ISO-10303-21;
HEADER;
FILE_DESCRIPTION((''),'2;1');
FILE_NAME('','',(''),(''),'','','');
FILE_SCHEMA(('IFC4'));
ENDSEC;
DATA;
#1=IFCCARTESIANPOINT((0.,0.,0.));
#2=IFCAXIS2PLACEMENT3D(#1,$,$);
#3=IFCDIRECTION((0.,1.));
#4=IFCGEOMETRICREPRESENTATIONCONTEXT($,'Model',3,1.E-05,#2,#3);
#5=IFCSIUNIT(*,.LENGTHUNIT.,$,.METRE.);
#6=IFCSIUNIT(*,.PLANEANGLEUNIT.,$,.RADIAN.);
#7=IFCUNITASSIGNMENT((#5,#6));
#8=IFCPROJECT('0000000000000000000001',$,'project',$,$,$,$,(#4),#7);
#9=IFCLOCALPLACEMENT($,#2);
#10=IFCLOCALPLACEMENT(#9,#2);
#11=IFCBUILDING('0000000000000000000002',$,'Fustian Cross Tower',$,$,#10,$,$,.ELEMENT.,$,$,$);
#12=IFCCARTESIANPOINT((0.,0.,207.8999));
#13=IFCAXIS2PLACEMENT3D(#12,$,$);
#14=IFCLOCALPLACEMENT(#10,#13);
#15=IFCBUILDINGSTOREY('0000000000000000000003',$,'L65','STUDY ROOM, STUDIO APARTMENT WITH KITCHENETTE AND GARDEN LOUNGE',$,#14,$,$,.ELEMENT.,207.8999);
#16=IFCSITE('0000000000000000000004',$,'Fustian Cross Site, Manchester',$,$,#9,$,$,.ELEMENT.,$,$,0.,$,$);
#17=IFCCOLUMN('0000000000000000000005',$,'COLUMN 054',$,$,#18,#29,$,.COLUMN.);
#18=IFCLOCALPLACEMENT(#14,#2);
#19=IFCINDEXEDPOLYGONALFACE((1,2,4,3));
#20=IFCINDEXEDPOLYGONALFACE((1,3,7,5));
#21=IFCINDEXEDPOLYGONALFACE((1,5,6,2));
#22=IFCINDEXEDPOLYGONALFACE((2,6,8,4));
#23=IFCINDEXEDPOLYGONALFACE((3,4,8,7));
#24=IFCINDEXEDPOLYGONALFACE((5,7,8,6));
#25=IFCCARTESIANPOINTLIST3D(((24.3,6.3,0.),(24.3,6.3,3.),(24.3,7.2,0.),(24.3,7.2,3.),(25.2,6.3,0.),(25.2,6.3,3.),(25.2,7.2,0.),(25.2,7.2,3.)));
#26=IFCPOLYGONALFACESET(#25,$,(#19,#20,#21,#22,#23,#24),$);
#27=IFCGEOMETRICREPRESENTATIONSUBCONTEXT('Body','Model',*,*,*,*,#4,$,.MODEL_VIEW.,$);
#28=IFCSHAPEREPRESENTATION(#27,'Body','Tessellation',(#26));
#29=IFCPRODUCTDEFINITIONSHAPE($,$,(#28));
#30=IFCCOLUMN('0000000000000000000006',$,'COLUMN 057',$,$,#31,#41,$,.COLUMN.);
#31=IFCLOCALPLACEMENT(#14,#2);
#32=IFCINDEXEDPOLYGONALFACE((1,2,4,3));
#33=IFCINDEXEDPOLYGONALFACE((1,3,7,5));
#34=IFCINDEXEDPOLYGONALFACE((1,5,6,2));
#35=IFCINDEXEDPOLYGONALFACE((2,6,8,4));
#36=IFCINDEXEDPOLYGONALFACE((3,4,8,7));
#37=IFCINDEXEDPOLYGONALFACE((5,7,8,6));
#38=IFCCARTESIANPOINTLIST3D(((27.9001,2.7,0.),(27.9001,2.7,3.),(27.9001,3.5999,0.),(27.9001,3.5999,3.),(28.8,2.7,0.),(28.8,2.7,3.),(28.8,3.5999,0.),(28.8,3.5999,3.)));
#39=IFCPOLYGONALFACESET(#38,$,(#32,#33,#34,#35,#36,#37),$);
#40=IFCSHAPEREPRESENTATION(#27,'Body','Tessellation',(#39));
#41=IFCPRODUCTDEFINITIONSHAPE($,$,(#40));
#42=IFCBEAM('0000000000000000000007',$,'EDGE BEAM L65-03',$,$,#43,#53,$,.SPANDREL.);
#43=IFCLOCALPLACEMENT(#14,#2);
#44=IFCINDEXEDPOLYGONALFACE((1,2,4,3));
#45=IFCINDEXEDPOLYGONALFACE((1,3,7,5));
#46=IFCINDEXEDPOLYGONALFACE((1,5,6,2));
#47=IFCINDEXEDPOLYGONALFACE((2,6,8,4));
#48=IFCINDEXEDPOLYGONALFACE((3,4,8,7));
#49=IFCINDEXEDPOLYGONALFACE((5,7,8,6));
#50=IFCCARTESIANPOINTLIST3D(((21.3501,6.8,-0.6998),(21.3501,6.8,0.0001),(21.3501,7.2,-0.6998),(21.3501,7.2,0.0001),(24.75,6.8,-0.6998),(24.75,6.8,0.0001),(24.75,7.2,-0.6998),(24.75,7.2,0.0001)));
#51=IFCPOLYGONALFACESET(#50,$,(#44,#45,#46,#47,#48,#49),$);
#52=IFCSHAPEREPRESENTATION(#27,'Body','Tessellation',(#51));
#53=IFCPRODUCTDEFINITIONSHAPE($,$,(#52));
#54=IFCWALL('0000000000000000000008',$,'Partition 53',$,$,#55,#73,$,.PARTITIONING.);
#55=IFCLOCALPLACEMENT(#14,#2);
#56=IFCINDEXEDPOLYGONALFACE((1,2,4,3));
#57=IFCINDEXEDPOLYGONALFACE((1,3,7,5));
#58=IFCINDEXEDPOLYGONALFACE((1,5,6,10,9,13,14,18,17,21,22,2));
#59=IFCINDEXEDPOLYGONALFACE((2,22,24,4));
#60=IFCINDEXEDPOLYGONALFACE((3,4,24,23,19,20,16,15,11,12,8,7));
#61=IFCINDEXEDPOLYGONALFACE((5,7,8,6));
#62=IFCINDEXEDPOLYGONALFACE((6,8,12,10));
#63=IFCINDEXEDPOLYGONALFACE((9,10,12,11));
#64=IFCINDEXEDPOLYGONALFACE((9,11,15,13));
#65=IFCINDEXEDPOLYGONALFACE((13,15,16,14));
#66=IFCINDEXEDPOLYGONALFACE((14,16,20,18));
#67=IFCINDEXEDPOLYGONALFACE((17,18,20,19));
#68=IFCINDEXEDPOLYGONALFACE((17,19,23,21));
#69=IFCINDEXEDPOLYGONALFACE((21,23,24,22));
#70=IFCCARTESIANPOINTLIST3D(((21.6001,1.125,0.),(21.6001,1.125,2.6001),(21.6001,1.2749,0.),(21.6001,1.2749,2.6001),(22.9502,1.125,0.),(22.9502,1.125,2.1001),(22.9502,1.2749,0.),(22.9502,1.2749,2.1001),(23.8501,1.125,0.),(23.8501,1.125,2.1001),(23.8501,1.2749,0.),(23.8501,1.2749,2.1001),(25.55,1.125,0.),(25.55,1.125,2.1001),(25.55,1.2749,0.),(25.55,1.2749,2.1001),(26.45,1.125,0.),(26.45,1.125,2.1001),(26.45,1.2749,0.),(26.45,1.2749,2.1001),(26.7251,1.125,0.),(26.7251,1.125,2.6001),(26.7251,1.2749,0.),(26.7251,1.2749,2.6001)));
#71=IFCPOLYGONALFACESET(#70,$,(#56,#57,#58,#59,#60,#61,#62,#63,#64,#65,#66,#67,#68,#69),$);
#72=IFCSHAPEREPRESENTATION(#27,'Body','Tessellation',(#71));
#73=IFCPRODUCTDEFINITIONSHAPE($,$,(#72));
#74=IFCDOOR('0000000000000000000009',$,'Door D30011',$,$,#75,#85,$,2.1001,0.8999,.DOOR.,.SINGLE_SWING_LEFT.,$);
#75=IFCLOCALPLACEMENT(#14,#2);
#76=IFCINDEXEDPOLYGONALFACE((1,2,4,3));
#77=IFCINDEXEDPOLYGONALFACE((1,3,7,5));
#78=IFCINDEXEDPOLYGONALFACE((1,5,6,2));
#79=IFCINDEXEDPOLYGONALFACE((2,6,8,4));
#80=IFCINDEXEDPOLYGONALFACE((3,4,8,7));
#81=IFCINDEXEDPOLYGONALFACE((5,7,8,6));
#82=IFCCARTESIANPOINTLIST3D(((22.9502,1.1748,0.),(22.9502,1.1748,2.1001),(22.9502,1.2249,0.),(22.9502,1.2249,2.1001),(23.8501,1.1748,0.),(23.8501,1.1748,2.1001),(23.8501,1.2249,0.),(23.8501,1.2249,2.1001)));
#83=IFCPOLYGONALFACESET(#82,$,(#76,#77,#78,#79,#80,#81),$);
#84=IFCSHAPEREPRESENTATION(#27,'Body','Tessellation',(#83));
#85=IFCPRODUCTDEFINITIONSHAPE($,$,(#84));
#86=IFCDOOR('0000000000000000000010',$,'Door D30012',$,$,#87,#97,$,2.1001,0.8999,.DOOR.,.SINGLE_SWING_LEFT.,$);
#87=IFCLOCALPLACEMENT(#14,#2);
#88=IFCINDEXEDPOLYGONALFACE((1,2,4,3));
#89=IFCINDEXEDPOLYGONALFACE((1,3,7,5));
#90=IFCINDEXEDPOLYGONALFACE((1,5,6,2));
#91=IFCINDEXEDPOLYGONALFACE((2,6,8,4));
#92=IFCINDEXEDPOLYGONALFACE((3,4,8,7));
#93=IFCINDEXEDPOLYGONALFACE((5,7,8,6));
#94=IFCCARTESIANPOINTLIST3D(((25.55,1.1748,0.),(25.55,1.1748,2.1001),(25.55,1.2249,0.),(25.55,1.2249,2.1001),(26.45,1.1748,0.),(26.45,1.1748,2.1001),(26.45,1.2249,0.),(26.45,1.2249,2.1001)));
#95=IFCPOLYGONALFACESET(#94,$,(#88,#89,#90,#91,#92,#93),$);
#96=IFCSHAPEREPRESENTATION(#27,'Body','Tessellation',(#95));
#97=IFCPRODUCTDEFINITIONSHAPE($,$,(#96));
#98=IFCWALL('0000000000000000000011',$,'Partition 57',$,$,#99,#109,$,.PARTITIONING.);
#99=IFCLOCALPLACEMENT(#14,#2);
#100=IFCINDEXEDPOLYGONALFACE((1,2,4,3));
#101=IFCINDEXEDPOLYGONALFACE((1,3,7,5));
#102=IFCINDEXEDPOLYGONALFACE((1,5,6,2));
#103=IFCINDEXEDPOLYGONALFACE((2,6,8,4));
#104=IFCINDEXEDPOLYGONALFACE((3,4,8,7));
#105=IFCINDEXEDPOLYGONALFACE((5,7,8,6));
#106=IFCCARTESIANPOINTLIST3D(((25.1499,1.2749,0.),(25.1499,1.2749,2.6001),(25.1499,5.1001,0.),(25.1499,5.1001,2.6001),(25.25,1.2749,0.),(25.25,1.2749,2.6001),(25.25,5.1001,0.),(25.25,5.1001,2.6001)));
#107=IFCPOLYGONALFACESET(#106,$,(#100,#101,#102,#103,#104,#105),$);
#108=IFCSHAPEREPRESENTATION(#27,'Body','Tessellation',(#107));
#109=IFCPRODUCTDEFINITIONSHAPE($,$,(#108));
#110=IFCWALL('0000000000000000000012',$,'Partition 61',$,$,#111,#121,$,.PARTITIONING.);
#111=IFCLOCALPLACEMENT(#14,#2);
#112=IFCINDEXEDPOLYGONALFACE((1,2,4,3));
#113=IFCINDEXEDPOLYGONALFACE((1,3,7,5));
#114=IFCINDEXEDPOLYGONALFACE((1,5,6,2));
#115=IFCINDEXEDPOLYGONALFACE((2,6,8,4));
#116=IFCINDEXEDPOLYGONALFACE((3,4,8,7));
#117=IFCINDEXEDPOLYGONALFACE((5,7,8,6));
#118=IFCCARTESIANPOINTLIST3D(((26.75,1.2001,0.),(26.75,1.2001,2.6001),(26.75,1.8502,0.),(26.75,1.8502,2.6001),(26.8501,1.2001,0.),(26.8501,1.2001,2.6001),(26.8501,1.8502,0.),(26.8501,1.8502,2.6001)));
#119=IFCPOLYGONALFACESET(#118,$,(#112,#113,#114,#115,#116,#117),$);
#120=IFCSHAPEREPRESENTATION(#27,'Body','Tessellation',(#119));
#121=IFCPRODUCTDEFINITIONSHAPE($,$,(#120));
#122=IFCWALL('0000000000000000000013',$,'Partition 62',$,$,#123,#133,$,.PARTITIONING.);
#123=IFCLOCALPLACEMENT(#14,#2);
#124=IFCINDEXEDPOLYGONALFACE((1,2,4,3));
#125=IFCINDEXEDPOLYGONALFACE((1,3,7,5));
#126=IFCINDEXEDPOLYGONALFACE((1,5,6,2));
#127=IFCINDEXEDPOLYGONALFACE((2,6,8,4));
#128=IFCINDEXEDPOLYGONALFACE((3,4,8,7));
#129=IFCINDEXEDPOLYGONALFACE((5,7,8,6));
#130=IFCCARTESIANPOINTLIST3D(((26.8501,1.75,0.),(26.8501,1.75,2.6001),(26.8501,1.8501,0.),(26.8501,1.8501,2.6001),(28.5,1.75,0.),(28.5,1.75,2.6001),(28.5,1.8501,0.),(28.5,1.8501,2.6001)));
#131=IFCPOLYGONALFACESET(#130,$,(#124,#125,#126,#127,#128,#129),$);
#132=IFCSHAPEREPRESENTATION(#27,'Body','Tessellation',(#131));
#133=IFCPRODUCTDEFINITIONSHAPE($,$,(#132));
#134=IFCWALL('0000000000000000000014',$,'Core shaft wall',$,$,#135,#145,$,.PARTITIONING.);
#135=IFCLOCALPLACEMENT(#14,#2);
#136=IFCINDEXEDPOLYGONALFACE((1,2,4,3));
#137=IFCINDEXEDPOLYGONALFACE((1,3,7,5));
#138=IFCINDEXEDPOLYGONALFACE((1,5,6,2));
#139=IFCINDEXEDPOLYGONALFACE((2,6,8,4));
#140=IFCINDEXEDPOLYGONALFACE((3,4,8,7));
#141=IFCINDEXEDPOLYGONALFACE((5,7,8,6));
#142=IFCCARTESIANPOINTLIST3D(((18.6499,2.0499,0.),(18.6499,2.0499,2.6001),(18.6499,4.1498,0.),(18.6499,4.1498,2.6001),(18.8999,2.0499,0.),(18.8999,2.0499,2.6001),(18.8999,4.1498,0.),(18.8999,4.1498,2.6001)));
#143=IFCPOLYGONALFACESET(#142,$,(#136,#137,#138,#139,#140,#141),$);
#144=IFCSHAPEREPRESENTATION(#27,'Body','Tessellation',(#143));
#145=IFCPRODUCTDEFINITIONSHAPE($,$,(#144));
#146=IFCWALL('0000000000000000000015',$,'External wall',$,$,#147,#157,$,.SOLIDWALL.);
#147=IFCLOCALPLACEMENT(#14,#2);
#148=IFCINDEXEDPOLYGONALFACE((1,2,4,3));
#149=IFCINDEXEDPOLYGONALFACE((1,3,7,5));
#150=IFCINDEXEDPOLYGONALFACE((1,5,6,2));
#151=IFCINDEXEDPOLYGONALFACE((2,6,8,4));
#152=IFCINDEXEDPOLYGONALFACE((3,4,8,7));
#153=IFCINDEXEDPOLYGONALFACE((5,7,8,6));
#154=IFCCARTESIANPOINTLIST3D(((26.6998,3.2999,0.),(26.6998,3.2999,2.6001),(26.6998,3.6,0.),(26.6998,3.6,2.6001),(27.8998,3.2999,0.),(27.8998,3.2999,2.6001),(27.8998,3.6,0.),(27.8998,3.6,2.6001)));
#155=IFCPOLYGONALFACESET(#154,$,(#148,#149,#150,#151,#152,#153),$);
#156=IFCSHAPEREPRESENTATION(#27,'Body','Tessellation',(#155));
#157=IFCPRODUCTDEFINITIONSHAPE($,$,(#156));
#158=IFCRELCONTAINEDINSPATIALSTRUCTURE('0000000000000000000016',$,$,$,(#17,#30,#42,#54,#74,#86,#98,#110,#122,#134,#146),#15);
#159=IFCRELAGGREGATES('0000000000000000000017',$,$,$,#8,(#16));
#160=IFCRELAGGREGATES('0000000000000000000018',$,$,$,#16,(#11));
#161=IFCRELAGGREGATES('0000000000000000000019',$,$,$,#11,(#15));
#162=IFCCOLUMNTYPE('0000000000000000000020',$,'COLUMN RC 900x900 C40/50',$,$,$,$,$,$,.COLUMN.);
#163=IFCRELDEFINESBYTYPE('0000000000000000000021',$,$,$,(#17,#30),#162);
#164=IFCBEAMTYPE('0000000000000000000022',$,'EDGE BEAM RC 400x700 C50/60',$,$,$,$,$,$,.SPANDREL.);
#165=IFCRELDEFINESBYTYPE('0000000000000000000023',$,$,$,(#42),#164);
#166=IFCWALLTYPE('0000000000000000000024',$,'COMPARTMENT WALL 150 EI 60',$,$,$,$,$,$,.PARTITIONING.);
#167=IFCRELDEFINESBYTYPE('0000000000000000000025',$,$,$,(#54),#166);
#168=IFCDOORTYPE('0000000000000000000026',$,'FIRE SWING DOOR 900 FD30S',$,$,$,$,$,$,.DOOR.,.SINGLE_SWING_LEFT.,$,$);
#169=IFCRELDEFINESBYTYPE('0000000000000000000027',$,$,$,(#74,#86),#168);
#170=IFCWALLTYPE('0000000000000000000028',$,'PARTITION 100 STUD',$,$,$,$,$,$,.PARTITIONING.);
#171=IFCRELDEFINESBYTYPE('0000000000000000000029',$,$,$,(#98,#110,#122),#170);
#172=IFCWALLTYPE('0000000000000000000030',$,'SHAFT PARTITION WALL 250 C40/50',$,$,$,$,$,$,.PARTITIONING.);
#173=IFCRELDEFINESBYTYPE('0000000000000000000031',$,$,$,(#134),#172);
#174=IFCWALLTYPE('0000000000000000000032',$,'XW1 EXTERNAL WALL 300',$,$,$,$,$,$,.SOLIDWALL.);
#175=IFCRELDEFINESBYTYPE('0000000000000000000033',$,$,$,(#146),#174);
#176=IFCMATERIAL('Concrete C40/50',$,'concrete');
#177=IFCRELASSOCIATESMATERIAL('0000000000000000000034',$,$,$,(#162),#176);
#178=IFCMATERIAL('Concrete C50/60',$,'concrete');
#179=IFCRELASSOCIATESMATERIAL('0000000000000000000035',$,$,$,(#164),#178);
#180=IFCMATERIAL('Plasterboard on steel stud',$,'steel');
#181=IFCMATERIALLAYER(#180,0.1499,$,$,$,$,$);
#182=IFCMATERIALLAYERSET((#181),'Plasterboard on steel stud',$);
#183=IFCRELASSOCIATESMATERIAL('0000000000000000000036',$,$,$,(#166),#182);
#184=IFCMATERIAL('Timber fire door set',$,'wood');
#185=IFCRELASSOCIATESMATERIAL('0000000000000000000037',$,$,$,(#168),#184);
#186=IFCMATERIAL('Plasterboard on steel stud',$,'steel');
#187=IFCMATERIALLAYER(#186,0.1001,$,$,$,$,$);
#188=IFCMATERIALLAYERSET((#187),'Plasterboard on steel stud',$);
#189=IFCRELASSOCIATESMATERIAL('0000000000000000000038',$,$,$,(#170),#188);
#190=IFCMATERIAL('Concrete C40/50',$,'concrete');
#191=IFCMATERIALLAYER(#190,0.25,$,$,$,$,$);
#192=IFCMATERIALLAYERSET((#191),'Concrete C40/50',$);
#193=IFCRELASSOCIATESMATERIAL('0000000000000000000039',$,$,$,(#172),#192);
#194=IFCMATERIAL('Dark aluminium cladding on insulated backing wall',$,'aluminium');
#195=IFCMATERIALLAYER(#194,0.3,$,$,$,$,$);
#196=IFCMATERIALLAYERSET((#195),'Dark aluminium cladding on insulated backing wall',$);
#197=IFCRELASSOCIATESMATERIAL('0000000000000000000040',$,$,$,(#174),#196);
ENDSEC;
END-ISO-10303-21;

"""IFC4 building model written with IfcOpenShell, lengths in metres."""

from ifc_helpers import new_model, si_unit, direction, frame, frame_2d, origin, origin_2d, place, context, subcontext, project, spatial, rectangle, extrude, material, layer, layer_set, material_profile, profile_set, type_object, element, fill, save


model = new_model("IFC4")

# Units and contexts
model_context = context("Model", 3, precision=1e-05, world=origin(), true_north=direction((0.0, 1.0)))
body_context = subcontext(model_context, "Body", "Model", "MODEL_VIEW")
ifc_project = project(units=[si_unit("LENGTHUNIT", "METRE"), si_unit("PLANEANGLEUNIT", "RADIAN")], contexts=[model_context])

# Site, building, storey
site_placement = place(None, origin())
site = spatial("IfcSite", under=ifc_project, at=site_placement, Name="Fustian Cross Site, Manchester", CompositionType="ELEMENT", RefElevation=0.0)
building_placement = place(site_placement, origin())
building = spatial("IfcBuilding", under=site, at=building_placement, Name="Fustian Cross Tower", CompositionType="ELEMENT")
storey_placement = place(building_placement, frame((0.0, 0.0, 207.8999)))
storey = spatial("IfcBuildingStorey", under=building, at=storey_placement, Name="L65", Description="STUDY ROOM, STUDIO APARTMENT WITH KITCHENETTE AND GARDEN LOUNGE", CompositionType="ELEMENT", Elevation=207.8999)

# Columns
ifc_material_1 = material(Name="Concrete C40/50", Category="concrete")
ifc_material_profile_1 = material_profile(ifc_material_1, rectangle(XDim=0.8999, YDim=0.8999, at=origin_2d()), Name="RC 900x900")
ifc_profile_set_1 = profile_set([ifc_material_profile_1], Name="Concrete C40/50")
column_type = type_object("IfcColumnType", Name="COLUMN RC 900x900 C40/50", PredefinedType="COLUMN", material=ifc_profile_set_1)
for number, where, z_axis, x_axis, name in (
    (1, (24.75, 6.75, 0.0), (0.0, 0.0, 1.0), (1.0, 0.0, 0.0), "COLUMN 054"),
    (2, (28.3501, 3.1499, 0.0), (0.0, 0.0, 1.0), (1.0, 0.0, 0.0), "COLUMN 057"),
):
    element("IfcColumn", number, at=place(storey_placement, frame(where, z_axis=z_axis, x_axis=x_axis)), inside=storey, type_object=column_type, Name=name, PredefinedType="COLUMN", context=body_context, shape_type="SweptSolid", body=[
        extrude(rectangle(XDim=0.8999, YDim=0.8999, at=origin_2d()), origin(), (0.0, 0.0, 1.0), 3.0),
    ])

# Beam
ifc_material_2 = material(Name="Concrete C50/60", Category="concrete")
ifc_material_profile_2 = material_profile(ifc_material_2, rectangle(XDim=0.3999, YDim=0.7, at=origin_2d()), Name="RC 400x700")
ifc_profile_set_2 = profile_set([ifc_material_profile_2], Name="Concrete C50/60")
beam_type = type_object("IfcBeamType", Name="EDGE BEAM RC 400x700 C50/60", PredefinedType="SPANDREL", material=ifc_profile_set_2)
beam_placement = place(storey_placement, frame((24.75, 7.0, -0.3499), z_axis=(-1.0, 0.0, 0.0), x_axis=(0.0, -1.0, 0.0)))
element("IfcBeam", 3, at=beam_placement, inside=storey, type_object=beam_type, Name="EDGE BEAM L65-03", PredefinedType="SPANDREL", context=body_context, shape_type="SweptSolid", body=[
    extrude(rectangle(XDim=0.3999, YDim=0.7, at=origin_2d()), origin(), (0.0, 0.0, 1.0), 3.3999),
])

# Wall, openings, doors
ifc_material_3 = material(Name="Plasterboard on steel stud", Category="steel")
ifc_layer_1 = layer(ifc_material_3, 0.1499)
ifc_layer_set_1 = layer_set([ifc_layer_1], Name="Plasterboard on steel stud")
wall_type_1 = type_object("IfcWallType", Name="COMPARTMENT WALL 150 EI 60", PredefinedType="PARTITIONING", material=ifc_layer_set_1)
wall_1_placement = place(storey_placement, frame((21.6001, 1.2, 0.0), z_axis=(0.0, 0.0, 1.0), x_axis=(1.0, 0.0, 0.0)))
wall_1 = element("IfcWall", 4, at=wall_1_placement, inside=storey, type_object=wall_type_1, Name="Partition 53", PredefinedType="PARTITIONING", context=body_context, shape_type="SweptSolid", body=[
    extrude(rectangle(XDim=5.125, YDim=0.1499, at=frame_2d((2.5625, 0.0))), origin(), (0.0, 0.0, 1.0), 2.6001),
])
opening_1_placement = place(wall_1_placement, frame((1.3501, 0.0, 0.0)))
opening_1 = element("IfcOpeningElement", 5, at=opening_1_placement, cuts=wall_1, PredefinedType="OPENING", context=body_context, shape_type="SweptSolid", body=[
    extrude(rectangle(XDim=0.8999, YDim=2.1001, at=frame_2d((0.45, 1.05))), frame((0.0, 0.085, 0.0), z_axis=(0.0, -1.0, 0.0), x_axis=(1.0, 0.0, 0.0)), (0.0, 0.0, 1.0), 0.1699),
])
opening_2_placement = place(wall_1_placement, frame((3.95, 0.0, 0.0)))
opening_2 = element("IfcOpeningElement", 6, at=opening_2_placement, cuts=wall_1, PredefinedType="OPENING", context=body_context, shape_type="SweptSolid", body=[
    extrude(rectangle(XDim=0.8999, YDim=2.1001, at=frame_2d((0.45, 1.05))), frame((0.0, 0.085, 0.0), z_axis=(0.0, -1.0, 0.0), x_axis=(1.0, 0.0, 0.0)), (0.0, 0.0, 1.0), 0.1699),
])
ifc_material_4 = material(Name="Timber fire door set", Category="wood")
door_type = type_object("IfcDoorType", Name="FIRE SWING DOOR 900 FD30S", OperationType="SINGLE_SWING_LEFT", PredefinedType="DOOR", material=ifc_material_4)
door_1_placement = place(opening_1_placement, origin())
door_1 = element("IfcDoor", 7, at=door_1_placement, inside=storey, type_object=door_type, Name="Door D30011", OperationType="SINGLE_SWING_LEFT", OverallHeight=2.1001, OverallWidth=0.8999, PredefinedType="DOOR", context=body_context, shape_type="SweptSolid", body=[
    extrude(rectangle(XDim=0.8999, YDim=2.1001, at=frame_2d((0.45, 1.05))), frame((0.0, 0.0249, 0.0), z_axis=(0.0, -1.0, 0.0), x_axis=(1.0, 0.0, 0.0)), (0.0, 0.0, 1.0), 0.05),
])
fill(opening_1, door_1)
door_2_placement = place(opening_2_placement, origin())
door_2 = element("IfcDoor", 8, at=door_2_placement, inside=storey, type_object=door_type, Name="Door D30012", OperationType="SINGLE_SWING_LEFT", OverallHeight=2.1001, OverallWidth=0.8999, PredefinedType="DOOR", context=body_context, shape_type="SweptSolid", body=[
    extrude(rectangle(XDim=0.8999, YDim=2.1001, at=frame_2d((0.45, 1.05))), frame((0.0, 0.0249, 0.0), z_axis=(0.0, -1.0, 0.0), x_axis=(1.0, 0.0, 0.0)), (0.0, 0.0, 1.0), 0.05),
])
fill(opening_2, door_2)

# Walls
ifc_material_5 = material(Name="Plasterboard on steel stud", Category="steel")
ifc_layer_2 = layer(ifc_material_5, 0.1001)
ifc_layer_set_2 = layer_set([ifc_layer_2], Name="Plasterboard on steel stud")
wall_type_2 = type_object("IfcWallType", Name="PARTITION 100 STUD", PredefinedType="PARTITIONING", material=ifc_layer_set_2)
wall_2_placement = place(storey_placement, frame((25.2, 1.2749, 0.0), z_axis=(0.0, 0.0, 1.0), x_axis=(0.0, 1.0, 0.0)))
element("IfcWall", 9, at=wall_2_placement, inside=storey, type_object=wall_type_2, Name="Partition 57", PredefinedType="PARTITIONING", context=body_context, shape_type="SweptSolid", body=[
    extrude(rectangle(XDim=3.8252, YDim=0.1001, at=frame_2d((1.9126, 0.0))), origin(), (0.0, 0.0, 1.0), 2.6001),
])
wall_3_placement = place(storey_placement, frame((26.8, 1.2, 0.0), z_axis=(0.0, 0.0, 1.0), x_axis=(0.0, 1.0, 0.0)))
element("IfcWall", 10, at=wall_3_placement, inside=storey, type_object=wall_type_2, Name="Partition 61", PredefinedType="PARTITIONING", context=body_context, shape_type="SweptSolid", body=[
    extrude(rectangle(XDim=0.6501, YDim=0.1001, at=frame_2d((0.3252, 0.0))), origin(), (0.0, 0.0, 1.0), 2.6001),
])
wall_4_placement = place(storey_placement, frame((26.8501, 1.8, 0.0), z_axis=(0.0, 0.0, 1.0), x_axis=(1.0, 0.0, 0.0)))
element("IfcWall", 11, at=wall_4_placement, inside=storey, type_object=wall_type_2, Name="Partition 62", PredefinedType="PARTITIONING", context=body_context, shape_type="SweptSolid", body=[
    extrude(rectangle(XDim=1.6499, YDim=0.1001, at=frame_2d((0.825, 0.0))), origin(), (0.0, 0.0, 1.0), 2.6001),
])
ifc_material_6 = material(Name="Concrete C40/50", Category="concrete")
ifc_layer_3 = layer(ifc_material_6, 0.25)
ifc_layer_set_3 = layer_set([ifc_layer_3], Name="Concrete C40/50")
wall_type_3 = type_object("IfcWallType", Name="SHAFT PARTITION WALL 250 C40/50", PredefinedType="PARTITIONING", material=ifc_layer_set_3)
wall_5_placement = place(storey_placement, frame((18.7749, 2.05, 0.0), z_axis=(0.0, 0.0, 1.0), x_axis=(0.0, 1.0, 0.0)))
element("IfcWall", 12, at=wall_5_placement, inside=storey, type_object=wall_type_3, Name="Core shaft wall", PredefinedType="PARTITIONING", context=body_context, shape_type="SweptSolid", body=[
    extrude(rectangle(XDim=2.0999, YDim=0.25, at=frame_2d((1.0498, 0.0))), origin(), (0.0, 0.0, 1.0), 2.6001),
])
ifc_material_7 = material(Name="Dark aluminium cladding on insulated backing wall", Category="aluminium")
ifc_layer_4 = layer(ifc_material_7, 0.3)
ifc_layer_set_4 = layer_set([ifc_layer_4], Name="Dark aluminium cladding on insulated backing wall")
wall_type_4 = type_object("IfcWallType", Name="XW1 EXTERNAL WALL 300", PredefinedType="SOLIDWALL", material=ifc_layer_set_4)
wall_6_placement = place(storey_placement, frame((27.8999, 3.45, 0.0), z_axis=(0.0, 0.0, 1.0), x_axis=(-1.0, 0.0, 0.0)))
element("IfcWall", 13, at=wall_6_placement, inside=storey, type_object=wall_type_4, Name="External wall", PredefinedType="SOLIDWALL", context=body_context, shape_type="SweptSolid", body=[
    extrude(rectangle(XDim=1.2, YDim=0.3, at=frame_2d((0.6001, 0.0))), origin(), (0.0, 0.0, 1.0), 2.6001),
])

save(model, "model.ifc")
